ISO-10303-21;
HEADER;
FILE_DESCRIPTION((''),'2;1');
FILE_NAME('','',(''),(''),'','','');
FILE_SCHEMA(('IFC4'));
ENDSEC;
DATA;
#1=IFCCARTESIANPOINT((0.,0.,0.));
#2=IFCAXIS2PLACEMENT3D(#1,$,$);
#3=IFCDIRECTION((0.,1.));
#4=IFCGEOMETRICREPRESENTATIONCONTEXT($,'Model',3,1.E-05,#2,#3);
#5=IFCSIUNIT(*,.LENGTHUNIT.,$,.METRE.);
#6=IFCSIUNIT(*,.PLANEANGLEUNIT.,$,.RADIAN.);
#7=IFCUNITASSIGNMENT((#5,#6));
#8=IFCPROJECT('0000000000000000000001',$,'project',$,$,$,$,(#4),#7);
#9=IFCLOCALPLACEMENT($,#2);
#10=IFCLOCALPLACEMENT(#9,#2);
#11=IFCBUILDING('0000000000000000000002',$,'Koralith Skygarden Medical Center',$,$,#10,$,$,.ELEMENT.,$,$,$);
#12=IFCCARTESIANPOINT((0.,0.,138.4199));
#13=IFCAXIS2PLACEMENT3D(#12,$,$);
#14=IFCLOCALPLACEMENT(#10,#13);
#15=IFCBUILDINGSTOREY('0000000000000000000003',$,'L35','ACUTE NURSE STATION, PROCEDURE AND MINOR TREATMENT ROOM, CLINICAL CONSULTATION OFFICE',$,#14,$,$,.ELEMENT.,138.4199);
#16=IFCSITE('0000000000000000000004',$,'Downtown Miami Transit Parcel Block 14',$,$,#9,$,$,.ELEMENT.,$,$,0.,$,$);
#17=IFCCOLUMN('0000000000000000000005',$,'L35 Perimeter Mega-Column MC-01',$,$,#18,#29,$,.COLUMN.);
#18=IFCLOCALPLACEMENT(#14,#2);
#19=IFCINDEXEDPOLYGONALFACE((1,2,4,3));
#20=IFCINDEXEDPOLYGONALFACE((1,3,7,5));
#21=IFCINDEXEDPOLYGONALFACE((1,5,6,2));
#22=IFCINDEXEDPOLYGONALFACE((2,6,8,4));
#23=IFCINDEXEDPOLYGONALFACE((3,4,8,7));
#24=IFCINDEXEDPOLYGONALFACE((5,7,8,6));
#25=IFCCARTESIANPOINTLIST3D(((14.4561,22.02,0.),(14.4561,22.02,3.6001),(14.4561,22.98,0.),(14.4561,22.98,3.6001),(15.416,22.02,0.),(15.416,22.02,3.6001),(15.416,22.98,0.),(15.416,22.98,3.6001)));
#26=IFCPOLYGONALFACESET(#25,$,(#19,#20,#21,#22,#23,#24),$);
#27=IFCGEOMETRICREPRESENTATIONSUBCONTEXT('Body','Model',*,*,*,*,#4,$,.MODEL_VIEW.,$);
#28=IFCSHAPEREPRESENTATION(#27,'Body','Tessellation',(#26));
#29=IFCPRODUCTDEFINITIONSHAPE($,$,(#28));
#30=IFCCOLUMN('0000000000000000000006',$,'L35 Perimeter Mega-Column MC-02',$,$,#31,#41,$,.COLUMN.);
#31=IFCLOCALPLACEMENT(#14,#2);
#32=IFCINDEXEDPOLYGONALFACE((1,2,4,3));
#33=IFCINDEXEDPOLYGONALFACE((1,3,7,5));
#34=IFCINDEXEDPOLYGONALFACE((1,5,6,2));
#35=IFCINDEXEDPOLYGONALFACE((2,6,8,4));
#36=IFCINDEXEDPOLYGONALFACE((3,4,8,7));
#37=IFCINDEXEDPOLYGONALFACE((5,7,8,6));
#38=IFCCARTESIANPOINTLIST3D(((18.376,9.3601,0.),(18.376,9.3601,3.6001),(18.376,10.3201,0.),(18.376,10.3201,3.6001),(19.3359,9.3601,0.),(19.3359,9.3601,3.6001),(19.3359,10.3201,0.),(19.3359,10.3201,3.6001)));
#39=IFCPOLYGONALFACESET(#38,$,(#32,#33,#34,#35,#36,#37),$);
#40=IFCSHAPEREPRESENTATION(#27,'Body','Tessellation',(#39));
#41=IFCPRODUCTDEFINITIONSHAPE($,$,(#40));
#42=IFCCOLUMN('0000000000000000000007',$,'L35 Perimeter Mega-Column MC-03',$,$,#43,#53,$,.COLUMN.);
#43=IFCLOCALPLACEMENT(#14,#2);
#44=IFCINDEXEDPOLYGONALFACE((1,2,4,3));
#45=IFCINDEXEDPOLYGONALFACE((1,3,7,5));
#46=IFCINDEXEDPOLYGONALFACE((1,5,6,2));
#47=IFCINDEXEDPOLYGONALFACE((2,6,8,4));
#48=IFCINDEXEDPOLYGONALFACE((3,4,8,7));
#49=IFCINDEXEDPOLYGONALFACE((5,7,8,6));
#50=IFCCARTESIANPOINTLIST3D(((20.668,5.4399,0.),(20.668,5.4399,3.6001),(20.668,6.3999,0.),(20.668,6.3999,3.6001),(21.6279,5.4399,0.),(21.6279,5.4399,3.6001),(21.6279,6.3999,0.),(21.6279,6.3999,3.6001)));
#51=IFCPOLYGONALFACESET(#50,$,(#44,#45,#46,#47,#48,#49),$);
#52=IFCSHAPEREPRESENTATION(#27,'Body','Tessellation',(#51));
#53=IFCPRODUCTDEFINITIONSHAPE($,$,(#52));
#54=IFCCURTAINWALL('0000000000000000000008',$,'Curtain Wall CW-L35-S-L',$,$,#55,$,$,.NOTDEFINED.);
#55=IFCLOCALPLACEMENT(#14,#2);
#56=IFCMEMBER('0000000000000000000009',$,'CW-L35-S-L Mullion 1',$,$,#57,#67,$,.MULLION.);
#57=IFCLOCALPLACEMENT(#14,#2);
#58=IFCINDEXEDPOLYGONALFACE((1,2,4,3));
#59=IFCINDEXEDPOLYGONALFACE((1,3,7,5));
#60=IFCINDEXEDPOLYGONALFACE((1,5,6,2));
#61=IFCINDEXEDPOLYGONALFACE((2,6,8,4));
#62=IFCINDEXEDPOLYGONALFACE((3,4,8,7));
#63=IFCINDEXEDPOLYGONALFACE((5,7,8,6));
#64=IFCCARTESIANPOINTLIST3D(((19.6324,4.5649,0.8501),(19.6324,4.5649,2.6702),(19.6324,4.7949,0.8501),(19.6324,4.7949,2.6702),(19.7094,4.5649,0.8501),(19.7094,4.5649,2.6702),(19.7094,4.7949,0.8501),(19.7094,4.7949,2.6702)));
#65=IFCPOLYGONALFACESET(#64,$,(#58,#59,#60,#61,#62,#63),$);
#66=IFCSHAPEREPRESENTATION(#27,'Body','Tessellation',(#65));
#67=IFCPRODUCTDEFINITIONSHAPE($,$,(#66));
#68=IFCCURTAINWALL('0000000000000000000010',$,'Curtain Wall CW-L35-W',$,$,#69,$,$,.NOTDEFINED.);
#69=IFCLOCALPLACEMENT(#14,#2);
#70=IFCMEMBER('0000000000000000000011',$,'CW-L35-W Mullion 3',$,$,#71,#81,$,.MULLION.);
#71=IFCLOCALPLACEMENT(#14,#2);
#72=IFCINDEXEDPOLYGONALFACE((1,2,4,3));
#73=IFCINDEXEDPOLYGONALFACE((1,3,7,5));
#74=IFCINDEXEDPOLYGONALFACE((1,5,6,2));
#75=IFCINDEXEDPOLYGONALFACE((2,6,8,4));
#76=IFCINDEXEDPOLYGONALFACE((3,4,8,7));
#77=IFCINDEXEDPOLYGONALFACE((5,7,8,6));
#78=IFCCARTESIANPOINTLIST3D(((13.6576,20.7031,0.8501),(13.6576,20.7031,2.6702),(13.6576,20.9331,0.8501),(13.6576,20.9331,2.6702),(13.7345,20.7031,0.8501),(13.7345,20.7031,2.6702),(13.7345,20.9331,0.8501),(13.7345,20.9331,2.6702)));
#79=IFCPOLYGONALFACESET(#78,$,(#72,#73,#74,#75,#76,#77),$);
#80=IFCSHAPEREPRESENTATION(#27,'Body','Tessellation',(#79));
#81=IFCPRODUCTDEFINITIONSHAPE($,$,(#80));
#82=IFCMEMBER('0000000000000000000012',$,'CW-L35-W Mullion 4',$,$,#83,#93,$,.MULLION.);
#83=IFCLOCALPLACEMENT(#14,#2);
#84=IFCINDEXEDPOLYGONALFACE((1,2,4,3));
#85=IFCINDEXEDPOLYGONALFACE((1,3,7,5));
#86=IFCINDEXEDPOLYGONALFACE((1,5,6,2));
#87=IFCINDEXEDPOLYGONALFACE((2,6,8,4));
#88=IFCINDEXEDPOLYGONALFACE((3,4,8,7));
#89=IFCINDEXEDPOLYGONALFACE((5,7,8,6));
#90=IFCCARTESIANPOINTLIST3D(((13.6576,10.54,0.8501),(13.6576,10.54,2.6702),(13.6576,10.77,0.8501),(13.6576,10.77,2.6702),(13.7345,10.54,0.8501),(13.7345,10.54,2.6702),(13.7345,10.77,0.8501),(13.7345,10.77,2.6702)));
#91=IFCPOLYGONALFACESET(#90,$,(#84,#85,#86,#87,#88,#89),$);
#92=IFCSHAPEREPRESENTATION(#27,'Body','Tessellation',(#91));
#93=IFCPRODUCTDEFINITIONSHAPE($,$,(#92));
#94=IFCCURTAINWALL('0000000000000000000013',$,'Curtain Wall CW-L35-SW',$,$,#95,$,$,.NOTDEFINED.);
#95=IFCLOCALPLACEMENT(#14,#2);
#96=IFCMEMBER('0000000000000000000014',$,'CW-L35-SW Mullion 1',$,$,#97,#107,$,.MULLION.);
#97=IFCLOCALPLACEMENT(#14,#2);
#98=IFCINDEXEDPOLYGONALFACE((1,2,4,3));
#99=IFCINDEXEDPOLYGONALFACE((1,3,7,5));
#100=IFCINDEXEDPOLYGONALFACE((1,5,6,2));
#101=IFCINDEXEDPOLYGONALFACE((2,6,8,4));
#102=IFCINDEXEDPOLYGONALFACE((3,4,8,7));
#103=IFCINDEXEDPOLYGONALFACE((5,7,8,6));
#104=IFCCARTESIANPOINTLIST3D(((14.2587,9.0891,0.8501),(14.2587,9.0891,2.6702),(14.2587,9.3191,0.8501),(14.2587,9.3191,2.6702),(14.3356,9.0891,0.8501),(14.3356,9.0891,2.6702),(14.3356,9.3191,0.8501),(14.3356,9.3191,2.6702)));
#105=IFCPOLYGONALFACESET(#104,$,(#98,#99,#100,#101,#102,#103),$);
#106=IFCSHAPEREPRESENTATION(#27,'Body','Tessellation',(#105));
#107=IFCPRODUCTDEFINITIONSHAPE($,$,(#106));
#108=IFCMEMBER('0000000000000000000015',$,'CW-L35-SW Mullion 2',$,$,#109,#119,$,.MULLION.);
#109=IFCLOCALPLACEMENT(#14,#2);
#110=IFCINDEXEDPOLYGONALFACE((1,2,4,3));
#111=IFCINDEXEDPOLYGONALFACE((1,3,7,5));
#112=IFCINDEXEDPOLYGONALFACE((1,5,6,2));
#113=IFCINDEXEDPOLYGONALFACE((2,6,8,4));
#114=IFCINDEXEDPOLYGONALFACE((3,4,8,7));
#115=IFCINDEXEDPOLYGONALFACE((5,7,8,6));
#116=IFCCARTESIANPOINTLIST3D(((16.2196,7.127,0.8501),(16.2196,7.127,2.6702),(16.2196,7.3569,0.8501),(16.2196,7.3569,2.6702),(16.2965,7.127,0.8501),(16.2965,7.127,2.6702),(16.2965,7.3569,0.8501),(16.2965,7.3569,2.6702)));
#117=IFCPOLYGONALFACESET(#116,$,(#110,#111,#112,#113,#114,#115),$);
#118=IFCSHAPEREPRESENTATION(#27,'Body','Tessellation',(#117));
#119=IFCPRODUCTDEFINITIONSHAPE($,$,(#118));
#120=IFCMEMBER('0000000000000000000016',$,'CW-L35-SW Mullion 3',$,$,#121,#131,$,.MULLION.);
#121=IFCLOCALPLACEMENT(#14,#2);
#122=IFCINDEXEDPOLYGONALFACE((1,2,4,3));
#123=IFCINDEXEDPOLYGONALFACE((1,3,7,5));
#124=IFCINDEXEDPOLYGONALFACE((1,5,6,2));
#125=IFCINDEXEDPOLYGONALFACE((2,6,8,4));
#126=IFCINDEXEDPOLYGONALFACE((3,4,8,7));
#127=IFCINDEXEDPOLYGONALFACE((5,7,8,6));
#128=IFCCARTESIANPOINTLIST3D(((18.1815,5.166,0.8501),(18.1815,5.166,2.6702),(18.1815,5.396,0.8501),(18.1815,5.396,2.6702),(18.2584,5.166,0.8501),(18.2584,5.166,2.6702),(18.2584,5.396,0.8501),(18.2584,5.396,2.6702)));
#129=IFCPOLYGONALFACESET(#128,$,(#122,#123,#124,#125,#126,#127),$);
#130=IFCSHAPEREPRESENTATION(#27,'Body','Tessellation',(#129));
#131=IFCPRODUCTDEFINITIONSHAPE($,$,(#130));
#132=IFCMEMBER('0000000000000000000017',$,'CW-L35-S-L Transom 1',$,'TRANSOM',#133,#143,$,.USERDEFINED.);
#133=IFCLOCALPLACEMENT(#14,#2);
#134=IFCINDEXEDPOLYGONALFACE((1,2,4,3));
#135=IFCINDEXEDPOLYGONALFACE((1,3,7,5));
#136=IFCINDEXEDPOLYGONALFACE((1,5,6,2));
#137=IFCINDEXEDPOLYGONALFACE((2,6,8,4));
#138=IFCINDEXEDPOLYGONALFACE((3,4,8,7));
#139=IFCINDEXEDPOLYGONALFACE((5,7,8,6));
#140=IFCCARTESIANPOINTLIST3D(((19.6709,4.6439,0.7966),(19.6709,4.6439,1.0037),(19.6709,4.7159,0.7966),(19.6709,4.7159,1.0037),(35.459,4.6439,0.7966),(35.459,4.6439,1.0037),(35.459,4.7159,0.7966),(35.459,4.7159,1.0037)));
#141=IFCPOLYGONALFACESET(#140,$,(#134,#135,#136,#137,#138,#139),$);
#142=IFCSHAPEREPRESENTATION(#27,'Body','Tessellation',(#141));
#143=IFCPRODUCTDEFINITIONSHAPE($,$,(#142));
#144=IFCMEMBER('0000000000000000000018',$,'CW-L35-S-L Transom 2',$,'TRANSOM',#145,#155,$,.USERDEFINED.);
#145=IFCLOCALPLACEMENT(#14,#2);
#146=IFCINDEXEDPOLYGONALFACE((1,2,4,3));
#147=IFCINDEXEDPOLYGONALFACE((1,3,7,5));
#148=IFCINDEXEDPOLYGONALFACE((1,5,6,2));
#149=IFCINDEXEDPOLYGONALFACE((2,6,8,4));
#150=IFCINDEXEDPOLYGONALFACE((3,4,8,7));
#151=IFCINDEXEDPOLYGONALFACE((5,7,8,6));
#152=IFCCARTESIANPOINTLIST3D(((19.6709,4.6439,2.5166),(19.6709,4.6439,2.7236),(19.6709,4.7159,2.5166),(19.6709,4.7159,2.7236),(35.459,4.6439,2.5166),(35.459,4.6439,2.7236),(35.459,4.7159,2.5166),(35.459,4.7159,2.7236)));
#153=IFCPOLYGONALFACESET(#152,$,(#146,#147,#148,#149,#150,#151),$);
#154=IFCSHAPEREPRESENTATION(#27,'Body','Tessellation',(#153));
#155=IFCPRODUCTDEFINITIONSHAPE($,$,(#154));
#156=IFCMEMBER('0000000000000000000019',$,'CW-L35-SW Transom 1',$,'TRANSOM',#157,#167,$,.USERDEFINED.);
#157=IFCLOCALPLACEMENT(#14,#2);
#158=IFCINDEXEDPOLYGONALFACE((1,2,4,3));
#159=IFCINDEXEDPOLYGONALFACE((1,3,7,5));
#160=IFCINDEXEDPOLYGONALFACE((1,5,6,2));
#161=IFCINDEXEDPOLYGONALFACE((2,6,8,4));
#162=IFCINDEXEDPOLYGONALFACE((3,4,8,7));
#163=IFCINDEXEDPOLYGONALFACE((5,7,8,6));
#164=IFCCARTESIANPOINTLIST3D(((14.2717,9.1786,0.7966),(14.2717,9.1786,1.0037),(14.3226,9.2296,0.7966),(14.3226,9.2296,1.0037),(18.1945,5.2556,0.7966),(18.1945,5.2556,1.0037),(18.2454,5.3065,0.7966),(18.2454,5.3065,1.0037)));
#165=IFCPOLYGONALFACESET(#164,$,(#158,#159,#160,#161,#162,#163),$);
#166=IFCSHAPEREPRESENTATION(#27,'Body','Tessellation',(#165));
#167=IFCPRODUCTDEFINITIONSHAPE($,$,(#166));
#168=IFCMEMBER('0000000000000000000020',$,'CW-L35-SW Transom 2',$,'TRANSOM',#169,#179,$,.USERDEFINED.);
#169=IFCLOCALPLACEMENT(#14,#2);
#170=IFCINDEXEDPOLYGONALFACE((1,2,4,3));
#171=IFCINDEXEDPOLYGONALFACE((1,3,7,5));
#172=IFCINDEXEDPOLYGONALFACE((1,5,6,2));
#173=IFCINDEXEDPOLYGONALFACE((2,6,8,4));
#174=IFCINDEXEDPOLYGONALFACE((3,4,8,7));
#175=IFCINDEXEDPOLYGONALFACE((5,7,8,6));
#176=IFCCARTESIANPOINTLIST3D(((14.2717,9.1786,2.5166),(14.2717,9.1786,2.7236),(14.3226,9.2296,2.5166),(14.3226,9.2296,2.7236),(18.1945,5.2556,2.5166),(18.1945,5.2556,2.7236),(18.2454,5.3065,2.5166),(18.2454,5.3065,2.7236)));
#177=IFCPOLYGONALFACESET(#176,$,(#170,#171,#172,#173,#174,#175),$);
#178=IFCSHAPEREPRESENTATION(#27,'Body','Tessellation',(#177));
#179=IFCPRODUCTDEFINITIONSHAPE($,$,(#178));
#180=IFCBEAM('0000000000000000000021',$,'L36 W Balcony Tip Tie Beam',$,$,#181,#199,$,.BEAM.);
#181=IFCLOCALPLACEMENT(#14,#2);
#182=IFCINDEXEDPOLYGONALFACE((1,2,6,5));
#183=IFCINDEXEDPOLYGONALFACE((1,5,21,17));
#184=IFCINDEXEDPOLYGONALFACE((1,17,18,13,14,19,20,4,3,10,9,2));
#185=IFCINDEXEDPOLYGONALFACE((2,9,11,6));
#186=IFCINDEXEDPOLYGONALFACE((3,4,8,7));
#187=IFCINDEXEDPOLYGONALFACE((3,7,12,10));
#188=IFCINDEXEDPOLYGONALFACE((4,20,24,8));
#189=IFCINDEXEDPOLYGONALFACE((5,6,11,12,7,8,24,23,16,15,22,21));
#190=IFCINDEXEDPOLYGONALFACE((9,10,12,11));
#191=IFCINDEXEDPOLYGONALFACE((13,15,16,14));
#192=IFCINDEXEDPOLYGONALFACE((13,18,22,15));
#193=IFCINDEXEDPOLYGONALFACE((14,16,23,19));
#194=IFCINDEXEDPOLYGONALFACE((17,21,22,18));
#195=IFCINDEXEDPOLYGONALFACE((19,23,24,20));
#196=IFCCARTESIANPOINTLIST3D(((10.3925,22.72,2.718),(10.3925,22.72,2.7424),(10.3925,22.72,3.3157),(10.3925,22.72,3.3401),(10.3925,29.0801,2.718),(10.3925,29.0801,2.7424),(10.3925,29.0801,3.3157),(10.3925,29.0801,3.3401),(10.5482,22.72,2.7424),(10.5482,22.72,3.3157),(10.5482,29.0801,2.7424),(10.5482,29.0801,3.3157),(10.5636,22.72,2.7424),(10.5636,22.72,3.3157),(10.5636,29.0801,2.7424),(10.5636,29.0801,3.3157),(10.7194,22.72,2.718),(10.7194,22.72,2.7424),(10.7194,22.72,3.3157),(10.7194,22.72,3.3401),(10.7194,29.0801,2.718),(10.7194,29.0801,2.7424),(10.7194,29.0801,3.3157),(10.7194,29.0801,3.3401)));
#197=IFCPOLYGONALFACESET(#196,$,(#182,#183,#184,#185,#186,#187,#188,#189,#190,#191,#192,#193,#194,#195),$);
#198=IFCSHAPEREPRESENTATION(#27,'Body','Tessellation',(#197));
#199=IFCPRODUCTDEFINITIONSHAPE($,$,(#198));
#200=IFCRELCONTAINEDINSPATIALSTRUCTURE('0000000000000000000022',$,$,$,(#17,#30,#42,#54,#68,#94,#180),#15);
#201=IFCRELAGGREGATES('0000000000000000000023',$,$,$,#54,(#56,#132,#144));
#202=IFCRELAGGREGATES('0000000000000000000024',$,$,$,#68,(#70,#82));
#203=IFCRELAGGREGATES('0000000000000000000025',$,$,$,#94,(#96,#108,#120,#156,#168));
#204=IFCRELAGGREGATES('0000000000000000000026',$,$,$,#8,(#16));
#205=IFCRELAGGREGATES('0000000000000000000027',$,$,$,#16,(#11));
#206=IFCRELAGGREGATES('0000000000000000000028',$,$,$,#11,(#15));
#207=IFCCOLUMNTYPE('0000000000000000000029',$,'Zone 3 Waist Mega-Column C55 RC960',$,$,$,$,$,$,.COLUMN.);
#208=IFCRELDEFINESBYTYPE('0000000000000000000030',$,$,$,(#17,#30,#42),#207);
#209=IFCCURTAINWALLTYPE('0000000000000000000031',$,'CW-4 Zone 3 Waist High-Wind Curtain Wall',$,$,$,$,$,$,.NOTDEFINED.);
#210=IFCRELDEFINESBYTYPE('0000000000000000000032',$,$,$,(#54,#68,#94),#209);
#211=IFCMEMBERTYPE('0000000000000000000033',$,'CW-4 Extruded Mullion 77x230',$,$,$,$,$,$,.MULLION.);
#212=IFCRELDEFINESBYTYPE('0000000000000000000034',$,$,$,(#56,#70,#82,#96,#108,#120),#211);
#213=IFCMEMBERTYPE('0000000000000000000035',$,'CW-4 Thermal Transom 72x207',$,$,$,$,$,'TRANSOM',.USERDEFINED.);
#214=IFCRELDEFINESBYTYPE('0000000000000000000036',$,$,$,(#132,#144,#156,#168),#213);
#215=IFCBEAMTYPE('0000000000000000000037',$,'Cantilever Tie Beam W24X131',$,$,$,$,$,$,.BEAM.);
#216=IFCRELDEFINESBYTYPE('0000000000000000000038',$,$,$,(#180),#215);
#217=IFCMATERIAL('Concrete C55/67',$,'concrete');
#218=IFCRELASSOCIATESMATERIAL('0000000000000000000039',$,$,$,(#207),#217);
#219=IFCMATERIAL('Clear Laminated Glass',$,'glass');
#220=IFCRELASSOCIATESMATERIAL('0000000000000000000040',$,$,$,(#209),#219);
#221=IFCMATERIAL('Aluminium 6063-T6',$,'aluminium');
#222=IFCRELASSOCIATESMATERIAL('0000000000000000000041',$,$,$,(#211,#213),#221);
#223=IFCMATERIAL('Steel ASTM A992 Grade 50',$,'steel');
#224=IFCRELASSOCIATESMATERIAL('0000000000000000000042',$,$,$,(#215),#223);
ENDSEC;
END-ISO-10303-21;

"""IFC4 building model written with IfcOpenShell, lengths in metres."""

from ifc_helpers import new_model, si_unit, direction, frame, origin, origin_2d, place, context, subcontext, project, spatial, rectangle, i_section, extrude, material, material_profile, profile_set, type_object, element, aggregate, save


model = new_model("IFC4")

# Units and contexts
model_context = context("Model", 3, precision=1e-05, world=origin(), true_north=direction((0.0, 1.0)))
body_context = subcontext(model_context, "Body", "Model", "MODEL_VIEW")
ifc_project = project(units=[si_unit("LENGTHUNIT", "METRE"), si_unit("PLANEANGLEUNIT", "RADIAN")], contexts=[model_context])

# Site, building, storey
site_placement = place(None, origin())
site = spatial("IfcSite", under=ifc_project, at=site_placement, Name="Downtown Miami Transit Parcel Block 14", CompositionType="ELEMENT", RefElevation=0.0)
building_placement = place(site_placement, origin())
building = spatial("IfcBuilding", under=site, at=building_placement, Name="Koralith Skygarden Medical Center", CompositionType="ELEMENT")
storey_placement = place(building_placement, frame((0.0, 0.0, 138.4199)))
storey = spatial("IfcBuildingStorey", under=building, at=storey_placement, Name="L35", Description="ACUTE NURSE STATION, PROCEDURE AND MINOR TREATMENT ROOM, CLINICAL CONSULTATION OFFICE", CompositionType="ELEMENT", Elevation=138.4199)

# Columns
ifc_material_1 = material(Name="Concrete C55/67", Category="concrete")
ifc_material_profile_1 = material_profile(ifc_material_1, rectangle(XDim=0.96, YDim=0.96, at=origin_2d()), Name="RC960X960")
ifc_profile_set_1 = profile_set([ifc_material_profile_1], Name="Concrete C55/67")
column_type = type_object("IfcColumnType", Name="Zone 3 Waist Mega-Column C55 RC960", PredefinedType="COLUMN", material=ifc_profile_set_1)
for number, where, z_axis, x_axis, name in (
    (1, (14.936, 22.5, 0.0), (0.0, 0.0, 1.0), (1.0, 0.0, 0.0), "L35 Perimeter Mega-Column MC-01"),
    (2, (18.856, 9.8401, 0.0), (0.0, 0.0, 1.0), (1.0, 0.0, 0.0), "L35 Perimeter Mega-Column MC-02"),
    (3, (21.1479, 5.9199, 0.0), (0.0, 0.0, 1.0), (1.0, 0.0, 0.0), "L35 Perimeter Mega-Column MC-03"),
):
    element("IfcColumn", number, at=place(storey_placement, frame(where, z_axis=z_axis, x_axis=x_axis)), inside=storey, type_object=column_type, Name=name, PredefinedType="COLUMN", context=body_context, shape_type="SweptSolid", body=[
        extrude(rectangle(XDim=0.96, YDim=0.96, at=origin_2d()), origin(), (0.0, 0.0, 1.0), 3.6001),
    ])

# Curtain wall, member
ifc_material_2 = material(Name="Clear Laminated Glass", Category="glass")
curtain_wall_type = type_object("IfcCurtainWallType", Name="CW-4 Zone 3 Waist High-Wind Curtain Wall", PredefinedType="NOTDEFINED", material=ifc_material_2)
curtain_wall_1_placement = place(storey_placement, origin())
curtain_wall_1 = element("IfcCurtainWall", 4, at=curtain_wall_1_placement, inside=storey, type_object=curtain_wall_type, Name="Curtain Wall CW-L35-S-L", PredefinedType="NOTDEFINED")
ifc_material_3 = material(Name="Aluminium 6063-T6", Category="aluminium")
ifc_material_profile_2 = material_profile(ifc_material_3, rectangle(XDim=0.0769, YDim=0.23, at=origin_2d()), Name="MUL77X230")
ifc_profile_set_2 = profile_set([ifc_material_profile_2], Name="Aluminium 6063-T6")
member_type_1 = type_object("IfcMemberType", Name="CW-4 Extruded Mullion 77x230", PredefinedType="MULLION", material=ifc_profile_set_2)
member_1_placement = place(storey_placement, frame((19.6709, 4.6799, 0.8501), z_axis=(0.0, 0.0, 1.0), x_axis=(1.0, 0.0, 0.0)))
member_1 = element("IfcMember", 5, at=member_1_placement, type_object=member_type_1, Name="CW-L35-S-L Mullion 1", PredefinedType="MULLION", context=body_context, shape_type="SweptSolid", body=[
    extrude(rectangle(XDim=0.0769, YDim=0.23, at=origin_2d()), origin(), (0.0, 0.0, 1.0), 1.8201),
])

# Curtain walls, members
curtain_wall_2_placement = place(storey_placement, origin())
curtain_wall_2 = element("IfcCurtainWall", 6, at=curtain_wall_2_placement, inside=storey, type_object=curtain_wall_type, Name="Curtain Wall CW-L35-W", PredefinedType="NOTDEFINED")
member_2_placement = place(storey_placement, frame((13.696, 20.8181, 0.8501), z_axis=(0.0, 0.0, 1.0), x_axis=(1.0, 0.0, 0.0)))
member_2 = element("IfcMember", 7, at=member_2_placement, type_object=member_type_1, Name="CW-L35-W Mullion 3", PredefinedType="MULLION", context=body_context, shape_type="SweptSolid", body=[
    extrude(rectangle(XDim=0.0769, YDim=0.23, at=origin_2d()), origin(), (0.0, 0.0, 1.0), 1.8201),
])
member_3_placement = place(storey_placement, frame((13.696, 10.655, 0.8501), z_axis=(0.0, 0.0, 1.0), x_axis=(1.0, 0.0, 0.0)))
member_3 = element("IfcMember", 8, at=member_3_placement, type_object=member_type_1, Name="CW-L35-W Mullion 4", PredefinedType="MULLION", context=body_context, shape_type="SweptSolid", body=[
    extrude(rectangle(XDim=0.0769, YDim=0.23, at=origin_2d()), origin(), (0.0, 0.0, 1.0), 1.8201),
])
curtain_wall_3_placement = place(storey_placement, origin())
curtain_wall_3 = element("IfcCurtainWall", 9, at=curtain_wall_3_placement, inside=storey, type_object=curtain_wall_type, Name="Curtain Wall CW-L35-SW", PredefinedType="NOTDEFINED")
member_4_placement = place(storey_placement, frame((14.2971, 9.2041, 0.8501), z_axis=(0.0, 0.0, 1.0), x_axis=(1.0, 0.0, 0.0)))
member_4 = element("IfcMember", 10, at=member_4_placement, type_object=member_type_1, Name="CW-L35-SW Mullion 1", PredefinedType="MULLION", context=body_context, shape_type="SweptSolid", body=[
    extrude(rectangle(XDim=0.0769, YDim=0.23, at=origin_2d()), origin(), (0.0, 0.0, 1.0), 1.8201),
])
member_5_placement = place(storey_placement, frame((16.2581, 7.2419, 0.8501), z_axis=(0.0, 0.0, 1.0), x_axis=(1.0, 0.0, 0.0)))
member_5 = element("IfcMember", 11, at=member_5_placement, type_object=member_type_1, Name="CW-L35-SW Mullion 2", PredefinedType="MULLION", context=body_context, shape_type="SweptSolid", body=[
    extrude(rectangle(XDim=0.0769, YDim=0.23, at=origin_2d()), origin(), (0.0, 0.0, 1.0), 1.8201),
])
member_6_placement = place(storey_placement, frame((18.22, 5.281, 0.8501), z_axis=(0.0, 0.0, 1.0), x_axis=(1.0, 0.0, 0.0)))
member_6 = element("IfcMember", 12, at=member_6_placement, type_object=member_type_1, Name="CW-L35-SW Mullion 3", PredefinedType="MULLION", context=body_context, shape_type="SweptSolid", body=[
    extrude(rectangle(XDim=0.0769, YDim=0.23, at=origin_2d()), origin(), (0.0, 0.0, 1.0), 1.8201),
])

# Members
ifc_material_profile_3 = material_profile(ifc_material_3, rectangle(XDim=0.072, YDim=0.207, at=origin_2d()), Name="TRN72X207")
ifc_profile_set_3 = profile_set([ifc_material_profile_3], Name="Aluminium 6063-T6")
member_type_2 = type_object("IfcMemberType", Name="CW-4 Thermal Transom 72x207", ElementType="TRANSOM", PredefinedType="USERDEFINED", material=ifc_profile_set_3)
member_7_placement = place(storey_placement, frame((19.6709, 4.6799, 0.9001), z_axis=(1.0, 0.0, 0.0), x_axis=(0.0, 1.0, 0.0)))
member_7 = element("IfcMember", 13, at=member_7_placement, type_object=member_type_2, Name="CW-L35-S-L Transom 1", ObjectType="TRANSOM", PredefinedType="USERDEFINED", context=body_context, shape_type="SweptSolid", body=[
    extrude(rectangle(XDim=0.072, YDim=0.207, at=origin_2d()), origin(), (0.0, 0.0, 1.0), 15.7881),
])
member_8_placement = place(storey_placement, frame((19.6709, 4.6799, 2.6201), z_axis=(1.0, 0.0, 0.0), x_axis=(0.0, 1.0, 0.0)))
member_8 = element("IfcMember", 14, at=member_8_placement, type_object=member_type_2, Name="CW-L35-S-L Transom 2", ObjectType="TRANSOM", PredefinedType="USERDEFINED", context=body_context, shape_type="SweptSolid", body=[
    extrude(rectangle(XDim=0.072, YDim=0.207, at=origin_2d()), origin(), (0.0, 0.0, 1.0), 15.7881),
])
member_9_placement = place(storey_placement, frame((14.2971, 9.2041, 0.9001), z_axis=(0.707085, -0.707129, 0.0), x_axis=(0.707129, 0.707085, 0.0)))
member_9 = element("IfcMember", 15, at=member_9_placement, type_object=member_type_2, Name="CW-L35-SW Transom 1", ObjectType="TRANSOM", PredefinedType="USERDEFINED", context=body_context, shape_type="SweptSolid", body=[
    extrude(rectangle(XDim=0.072, YDim=0.207, at=origin_2d()), origin(), (0.0, 0.0, 1.0), 5.5479),
])
member_10_placement = place(storey_placement, frame((14.2971, 9.2041, 2.6201), z_axis=(0.707085, -0.707129, 0.0), x_axis=(0.707129, 0.707085, 0.0)))
member_10 = element("IfcMember", 16, at=member_10_placement, type_object=member_type_2, Name="CW-L35-SW Transom 2", ObjectType="TRANSOM", PredefinedType="USERDEFINED", context=body_context, shape_type="SweptSolid", body=[
    extrude(rectangle(XDim=0.072, YDim=0.207, at=origin_2d()), origin(), (0.0, 0.0, 1.0), 5.5479),
])

# Beam
ifc_material_4 = material(Name="Steel ASTM A992 Grade 50", Category="steel")
ifc_material_profile_4 = material_profile(ifc_material_4, i_section(OverallWidth=0.3269, OverallDepth=0.6221, WebThickness=0.0154, FlangeThickness=0.0244, at=origin_2d()), Name="W24X131")
ifc_profile_set_4 = profile_set([ifc_material_profile_4], Name="Steel ASTM A992 Grade 50")
beam_type_1 = type_object("IfcBeamType", Name="Cantilever Tie Beam W24X131", PredefinedType="BEAM", material=ifc_profile_set_4)
beam_1_placement = place(storey_placement, frame((10.5559, 22.72, 3.0291), z_axis=(0.0, 1.0, 0.0), x_axis=(-1.0, 0.0, 0.0)))
element("IfcBeam", 17, at=beam_1_placement, inside=storey, type_object=beam_type_1, Name="L36 W Balcony Tip Tie Beam", PredefinedType="BEAM", context=body_context, shape_type="SweptSolid", body=[
    extrude(i_section(OverallWidth=0.3269, OverallDepth=0.6221, WebThickness=0.0154, FlangeThickness=0.0244, at=origin_2d()), origin(), (0.0, 0.0, 1.0), 6.3601),
])

aggregate(curtain_wall_1, [member_1, member_7, member_8])
aggregate(curtain_wall_2, [member_2, member_3])
aggregate(curtain_wall_3, [member_4, member_5, member_6, member_9, member_10])

save(model, "model.ifc")
